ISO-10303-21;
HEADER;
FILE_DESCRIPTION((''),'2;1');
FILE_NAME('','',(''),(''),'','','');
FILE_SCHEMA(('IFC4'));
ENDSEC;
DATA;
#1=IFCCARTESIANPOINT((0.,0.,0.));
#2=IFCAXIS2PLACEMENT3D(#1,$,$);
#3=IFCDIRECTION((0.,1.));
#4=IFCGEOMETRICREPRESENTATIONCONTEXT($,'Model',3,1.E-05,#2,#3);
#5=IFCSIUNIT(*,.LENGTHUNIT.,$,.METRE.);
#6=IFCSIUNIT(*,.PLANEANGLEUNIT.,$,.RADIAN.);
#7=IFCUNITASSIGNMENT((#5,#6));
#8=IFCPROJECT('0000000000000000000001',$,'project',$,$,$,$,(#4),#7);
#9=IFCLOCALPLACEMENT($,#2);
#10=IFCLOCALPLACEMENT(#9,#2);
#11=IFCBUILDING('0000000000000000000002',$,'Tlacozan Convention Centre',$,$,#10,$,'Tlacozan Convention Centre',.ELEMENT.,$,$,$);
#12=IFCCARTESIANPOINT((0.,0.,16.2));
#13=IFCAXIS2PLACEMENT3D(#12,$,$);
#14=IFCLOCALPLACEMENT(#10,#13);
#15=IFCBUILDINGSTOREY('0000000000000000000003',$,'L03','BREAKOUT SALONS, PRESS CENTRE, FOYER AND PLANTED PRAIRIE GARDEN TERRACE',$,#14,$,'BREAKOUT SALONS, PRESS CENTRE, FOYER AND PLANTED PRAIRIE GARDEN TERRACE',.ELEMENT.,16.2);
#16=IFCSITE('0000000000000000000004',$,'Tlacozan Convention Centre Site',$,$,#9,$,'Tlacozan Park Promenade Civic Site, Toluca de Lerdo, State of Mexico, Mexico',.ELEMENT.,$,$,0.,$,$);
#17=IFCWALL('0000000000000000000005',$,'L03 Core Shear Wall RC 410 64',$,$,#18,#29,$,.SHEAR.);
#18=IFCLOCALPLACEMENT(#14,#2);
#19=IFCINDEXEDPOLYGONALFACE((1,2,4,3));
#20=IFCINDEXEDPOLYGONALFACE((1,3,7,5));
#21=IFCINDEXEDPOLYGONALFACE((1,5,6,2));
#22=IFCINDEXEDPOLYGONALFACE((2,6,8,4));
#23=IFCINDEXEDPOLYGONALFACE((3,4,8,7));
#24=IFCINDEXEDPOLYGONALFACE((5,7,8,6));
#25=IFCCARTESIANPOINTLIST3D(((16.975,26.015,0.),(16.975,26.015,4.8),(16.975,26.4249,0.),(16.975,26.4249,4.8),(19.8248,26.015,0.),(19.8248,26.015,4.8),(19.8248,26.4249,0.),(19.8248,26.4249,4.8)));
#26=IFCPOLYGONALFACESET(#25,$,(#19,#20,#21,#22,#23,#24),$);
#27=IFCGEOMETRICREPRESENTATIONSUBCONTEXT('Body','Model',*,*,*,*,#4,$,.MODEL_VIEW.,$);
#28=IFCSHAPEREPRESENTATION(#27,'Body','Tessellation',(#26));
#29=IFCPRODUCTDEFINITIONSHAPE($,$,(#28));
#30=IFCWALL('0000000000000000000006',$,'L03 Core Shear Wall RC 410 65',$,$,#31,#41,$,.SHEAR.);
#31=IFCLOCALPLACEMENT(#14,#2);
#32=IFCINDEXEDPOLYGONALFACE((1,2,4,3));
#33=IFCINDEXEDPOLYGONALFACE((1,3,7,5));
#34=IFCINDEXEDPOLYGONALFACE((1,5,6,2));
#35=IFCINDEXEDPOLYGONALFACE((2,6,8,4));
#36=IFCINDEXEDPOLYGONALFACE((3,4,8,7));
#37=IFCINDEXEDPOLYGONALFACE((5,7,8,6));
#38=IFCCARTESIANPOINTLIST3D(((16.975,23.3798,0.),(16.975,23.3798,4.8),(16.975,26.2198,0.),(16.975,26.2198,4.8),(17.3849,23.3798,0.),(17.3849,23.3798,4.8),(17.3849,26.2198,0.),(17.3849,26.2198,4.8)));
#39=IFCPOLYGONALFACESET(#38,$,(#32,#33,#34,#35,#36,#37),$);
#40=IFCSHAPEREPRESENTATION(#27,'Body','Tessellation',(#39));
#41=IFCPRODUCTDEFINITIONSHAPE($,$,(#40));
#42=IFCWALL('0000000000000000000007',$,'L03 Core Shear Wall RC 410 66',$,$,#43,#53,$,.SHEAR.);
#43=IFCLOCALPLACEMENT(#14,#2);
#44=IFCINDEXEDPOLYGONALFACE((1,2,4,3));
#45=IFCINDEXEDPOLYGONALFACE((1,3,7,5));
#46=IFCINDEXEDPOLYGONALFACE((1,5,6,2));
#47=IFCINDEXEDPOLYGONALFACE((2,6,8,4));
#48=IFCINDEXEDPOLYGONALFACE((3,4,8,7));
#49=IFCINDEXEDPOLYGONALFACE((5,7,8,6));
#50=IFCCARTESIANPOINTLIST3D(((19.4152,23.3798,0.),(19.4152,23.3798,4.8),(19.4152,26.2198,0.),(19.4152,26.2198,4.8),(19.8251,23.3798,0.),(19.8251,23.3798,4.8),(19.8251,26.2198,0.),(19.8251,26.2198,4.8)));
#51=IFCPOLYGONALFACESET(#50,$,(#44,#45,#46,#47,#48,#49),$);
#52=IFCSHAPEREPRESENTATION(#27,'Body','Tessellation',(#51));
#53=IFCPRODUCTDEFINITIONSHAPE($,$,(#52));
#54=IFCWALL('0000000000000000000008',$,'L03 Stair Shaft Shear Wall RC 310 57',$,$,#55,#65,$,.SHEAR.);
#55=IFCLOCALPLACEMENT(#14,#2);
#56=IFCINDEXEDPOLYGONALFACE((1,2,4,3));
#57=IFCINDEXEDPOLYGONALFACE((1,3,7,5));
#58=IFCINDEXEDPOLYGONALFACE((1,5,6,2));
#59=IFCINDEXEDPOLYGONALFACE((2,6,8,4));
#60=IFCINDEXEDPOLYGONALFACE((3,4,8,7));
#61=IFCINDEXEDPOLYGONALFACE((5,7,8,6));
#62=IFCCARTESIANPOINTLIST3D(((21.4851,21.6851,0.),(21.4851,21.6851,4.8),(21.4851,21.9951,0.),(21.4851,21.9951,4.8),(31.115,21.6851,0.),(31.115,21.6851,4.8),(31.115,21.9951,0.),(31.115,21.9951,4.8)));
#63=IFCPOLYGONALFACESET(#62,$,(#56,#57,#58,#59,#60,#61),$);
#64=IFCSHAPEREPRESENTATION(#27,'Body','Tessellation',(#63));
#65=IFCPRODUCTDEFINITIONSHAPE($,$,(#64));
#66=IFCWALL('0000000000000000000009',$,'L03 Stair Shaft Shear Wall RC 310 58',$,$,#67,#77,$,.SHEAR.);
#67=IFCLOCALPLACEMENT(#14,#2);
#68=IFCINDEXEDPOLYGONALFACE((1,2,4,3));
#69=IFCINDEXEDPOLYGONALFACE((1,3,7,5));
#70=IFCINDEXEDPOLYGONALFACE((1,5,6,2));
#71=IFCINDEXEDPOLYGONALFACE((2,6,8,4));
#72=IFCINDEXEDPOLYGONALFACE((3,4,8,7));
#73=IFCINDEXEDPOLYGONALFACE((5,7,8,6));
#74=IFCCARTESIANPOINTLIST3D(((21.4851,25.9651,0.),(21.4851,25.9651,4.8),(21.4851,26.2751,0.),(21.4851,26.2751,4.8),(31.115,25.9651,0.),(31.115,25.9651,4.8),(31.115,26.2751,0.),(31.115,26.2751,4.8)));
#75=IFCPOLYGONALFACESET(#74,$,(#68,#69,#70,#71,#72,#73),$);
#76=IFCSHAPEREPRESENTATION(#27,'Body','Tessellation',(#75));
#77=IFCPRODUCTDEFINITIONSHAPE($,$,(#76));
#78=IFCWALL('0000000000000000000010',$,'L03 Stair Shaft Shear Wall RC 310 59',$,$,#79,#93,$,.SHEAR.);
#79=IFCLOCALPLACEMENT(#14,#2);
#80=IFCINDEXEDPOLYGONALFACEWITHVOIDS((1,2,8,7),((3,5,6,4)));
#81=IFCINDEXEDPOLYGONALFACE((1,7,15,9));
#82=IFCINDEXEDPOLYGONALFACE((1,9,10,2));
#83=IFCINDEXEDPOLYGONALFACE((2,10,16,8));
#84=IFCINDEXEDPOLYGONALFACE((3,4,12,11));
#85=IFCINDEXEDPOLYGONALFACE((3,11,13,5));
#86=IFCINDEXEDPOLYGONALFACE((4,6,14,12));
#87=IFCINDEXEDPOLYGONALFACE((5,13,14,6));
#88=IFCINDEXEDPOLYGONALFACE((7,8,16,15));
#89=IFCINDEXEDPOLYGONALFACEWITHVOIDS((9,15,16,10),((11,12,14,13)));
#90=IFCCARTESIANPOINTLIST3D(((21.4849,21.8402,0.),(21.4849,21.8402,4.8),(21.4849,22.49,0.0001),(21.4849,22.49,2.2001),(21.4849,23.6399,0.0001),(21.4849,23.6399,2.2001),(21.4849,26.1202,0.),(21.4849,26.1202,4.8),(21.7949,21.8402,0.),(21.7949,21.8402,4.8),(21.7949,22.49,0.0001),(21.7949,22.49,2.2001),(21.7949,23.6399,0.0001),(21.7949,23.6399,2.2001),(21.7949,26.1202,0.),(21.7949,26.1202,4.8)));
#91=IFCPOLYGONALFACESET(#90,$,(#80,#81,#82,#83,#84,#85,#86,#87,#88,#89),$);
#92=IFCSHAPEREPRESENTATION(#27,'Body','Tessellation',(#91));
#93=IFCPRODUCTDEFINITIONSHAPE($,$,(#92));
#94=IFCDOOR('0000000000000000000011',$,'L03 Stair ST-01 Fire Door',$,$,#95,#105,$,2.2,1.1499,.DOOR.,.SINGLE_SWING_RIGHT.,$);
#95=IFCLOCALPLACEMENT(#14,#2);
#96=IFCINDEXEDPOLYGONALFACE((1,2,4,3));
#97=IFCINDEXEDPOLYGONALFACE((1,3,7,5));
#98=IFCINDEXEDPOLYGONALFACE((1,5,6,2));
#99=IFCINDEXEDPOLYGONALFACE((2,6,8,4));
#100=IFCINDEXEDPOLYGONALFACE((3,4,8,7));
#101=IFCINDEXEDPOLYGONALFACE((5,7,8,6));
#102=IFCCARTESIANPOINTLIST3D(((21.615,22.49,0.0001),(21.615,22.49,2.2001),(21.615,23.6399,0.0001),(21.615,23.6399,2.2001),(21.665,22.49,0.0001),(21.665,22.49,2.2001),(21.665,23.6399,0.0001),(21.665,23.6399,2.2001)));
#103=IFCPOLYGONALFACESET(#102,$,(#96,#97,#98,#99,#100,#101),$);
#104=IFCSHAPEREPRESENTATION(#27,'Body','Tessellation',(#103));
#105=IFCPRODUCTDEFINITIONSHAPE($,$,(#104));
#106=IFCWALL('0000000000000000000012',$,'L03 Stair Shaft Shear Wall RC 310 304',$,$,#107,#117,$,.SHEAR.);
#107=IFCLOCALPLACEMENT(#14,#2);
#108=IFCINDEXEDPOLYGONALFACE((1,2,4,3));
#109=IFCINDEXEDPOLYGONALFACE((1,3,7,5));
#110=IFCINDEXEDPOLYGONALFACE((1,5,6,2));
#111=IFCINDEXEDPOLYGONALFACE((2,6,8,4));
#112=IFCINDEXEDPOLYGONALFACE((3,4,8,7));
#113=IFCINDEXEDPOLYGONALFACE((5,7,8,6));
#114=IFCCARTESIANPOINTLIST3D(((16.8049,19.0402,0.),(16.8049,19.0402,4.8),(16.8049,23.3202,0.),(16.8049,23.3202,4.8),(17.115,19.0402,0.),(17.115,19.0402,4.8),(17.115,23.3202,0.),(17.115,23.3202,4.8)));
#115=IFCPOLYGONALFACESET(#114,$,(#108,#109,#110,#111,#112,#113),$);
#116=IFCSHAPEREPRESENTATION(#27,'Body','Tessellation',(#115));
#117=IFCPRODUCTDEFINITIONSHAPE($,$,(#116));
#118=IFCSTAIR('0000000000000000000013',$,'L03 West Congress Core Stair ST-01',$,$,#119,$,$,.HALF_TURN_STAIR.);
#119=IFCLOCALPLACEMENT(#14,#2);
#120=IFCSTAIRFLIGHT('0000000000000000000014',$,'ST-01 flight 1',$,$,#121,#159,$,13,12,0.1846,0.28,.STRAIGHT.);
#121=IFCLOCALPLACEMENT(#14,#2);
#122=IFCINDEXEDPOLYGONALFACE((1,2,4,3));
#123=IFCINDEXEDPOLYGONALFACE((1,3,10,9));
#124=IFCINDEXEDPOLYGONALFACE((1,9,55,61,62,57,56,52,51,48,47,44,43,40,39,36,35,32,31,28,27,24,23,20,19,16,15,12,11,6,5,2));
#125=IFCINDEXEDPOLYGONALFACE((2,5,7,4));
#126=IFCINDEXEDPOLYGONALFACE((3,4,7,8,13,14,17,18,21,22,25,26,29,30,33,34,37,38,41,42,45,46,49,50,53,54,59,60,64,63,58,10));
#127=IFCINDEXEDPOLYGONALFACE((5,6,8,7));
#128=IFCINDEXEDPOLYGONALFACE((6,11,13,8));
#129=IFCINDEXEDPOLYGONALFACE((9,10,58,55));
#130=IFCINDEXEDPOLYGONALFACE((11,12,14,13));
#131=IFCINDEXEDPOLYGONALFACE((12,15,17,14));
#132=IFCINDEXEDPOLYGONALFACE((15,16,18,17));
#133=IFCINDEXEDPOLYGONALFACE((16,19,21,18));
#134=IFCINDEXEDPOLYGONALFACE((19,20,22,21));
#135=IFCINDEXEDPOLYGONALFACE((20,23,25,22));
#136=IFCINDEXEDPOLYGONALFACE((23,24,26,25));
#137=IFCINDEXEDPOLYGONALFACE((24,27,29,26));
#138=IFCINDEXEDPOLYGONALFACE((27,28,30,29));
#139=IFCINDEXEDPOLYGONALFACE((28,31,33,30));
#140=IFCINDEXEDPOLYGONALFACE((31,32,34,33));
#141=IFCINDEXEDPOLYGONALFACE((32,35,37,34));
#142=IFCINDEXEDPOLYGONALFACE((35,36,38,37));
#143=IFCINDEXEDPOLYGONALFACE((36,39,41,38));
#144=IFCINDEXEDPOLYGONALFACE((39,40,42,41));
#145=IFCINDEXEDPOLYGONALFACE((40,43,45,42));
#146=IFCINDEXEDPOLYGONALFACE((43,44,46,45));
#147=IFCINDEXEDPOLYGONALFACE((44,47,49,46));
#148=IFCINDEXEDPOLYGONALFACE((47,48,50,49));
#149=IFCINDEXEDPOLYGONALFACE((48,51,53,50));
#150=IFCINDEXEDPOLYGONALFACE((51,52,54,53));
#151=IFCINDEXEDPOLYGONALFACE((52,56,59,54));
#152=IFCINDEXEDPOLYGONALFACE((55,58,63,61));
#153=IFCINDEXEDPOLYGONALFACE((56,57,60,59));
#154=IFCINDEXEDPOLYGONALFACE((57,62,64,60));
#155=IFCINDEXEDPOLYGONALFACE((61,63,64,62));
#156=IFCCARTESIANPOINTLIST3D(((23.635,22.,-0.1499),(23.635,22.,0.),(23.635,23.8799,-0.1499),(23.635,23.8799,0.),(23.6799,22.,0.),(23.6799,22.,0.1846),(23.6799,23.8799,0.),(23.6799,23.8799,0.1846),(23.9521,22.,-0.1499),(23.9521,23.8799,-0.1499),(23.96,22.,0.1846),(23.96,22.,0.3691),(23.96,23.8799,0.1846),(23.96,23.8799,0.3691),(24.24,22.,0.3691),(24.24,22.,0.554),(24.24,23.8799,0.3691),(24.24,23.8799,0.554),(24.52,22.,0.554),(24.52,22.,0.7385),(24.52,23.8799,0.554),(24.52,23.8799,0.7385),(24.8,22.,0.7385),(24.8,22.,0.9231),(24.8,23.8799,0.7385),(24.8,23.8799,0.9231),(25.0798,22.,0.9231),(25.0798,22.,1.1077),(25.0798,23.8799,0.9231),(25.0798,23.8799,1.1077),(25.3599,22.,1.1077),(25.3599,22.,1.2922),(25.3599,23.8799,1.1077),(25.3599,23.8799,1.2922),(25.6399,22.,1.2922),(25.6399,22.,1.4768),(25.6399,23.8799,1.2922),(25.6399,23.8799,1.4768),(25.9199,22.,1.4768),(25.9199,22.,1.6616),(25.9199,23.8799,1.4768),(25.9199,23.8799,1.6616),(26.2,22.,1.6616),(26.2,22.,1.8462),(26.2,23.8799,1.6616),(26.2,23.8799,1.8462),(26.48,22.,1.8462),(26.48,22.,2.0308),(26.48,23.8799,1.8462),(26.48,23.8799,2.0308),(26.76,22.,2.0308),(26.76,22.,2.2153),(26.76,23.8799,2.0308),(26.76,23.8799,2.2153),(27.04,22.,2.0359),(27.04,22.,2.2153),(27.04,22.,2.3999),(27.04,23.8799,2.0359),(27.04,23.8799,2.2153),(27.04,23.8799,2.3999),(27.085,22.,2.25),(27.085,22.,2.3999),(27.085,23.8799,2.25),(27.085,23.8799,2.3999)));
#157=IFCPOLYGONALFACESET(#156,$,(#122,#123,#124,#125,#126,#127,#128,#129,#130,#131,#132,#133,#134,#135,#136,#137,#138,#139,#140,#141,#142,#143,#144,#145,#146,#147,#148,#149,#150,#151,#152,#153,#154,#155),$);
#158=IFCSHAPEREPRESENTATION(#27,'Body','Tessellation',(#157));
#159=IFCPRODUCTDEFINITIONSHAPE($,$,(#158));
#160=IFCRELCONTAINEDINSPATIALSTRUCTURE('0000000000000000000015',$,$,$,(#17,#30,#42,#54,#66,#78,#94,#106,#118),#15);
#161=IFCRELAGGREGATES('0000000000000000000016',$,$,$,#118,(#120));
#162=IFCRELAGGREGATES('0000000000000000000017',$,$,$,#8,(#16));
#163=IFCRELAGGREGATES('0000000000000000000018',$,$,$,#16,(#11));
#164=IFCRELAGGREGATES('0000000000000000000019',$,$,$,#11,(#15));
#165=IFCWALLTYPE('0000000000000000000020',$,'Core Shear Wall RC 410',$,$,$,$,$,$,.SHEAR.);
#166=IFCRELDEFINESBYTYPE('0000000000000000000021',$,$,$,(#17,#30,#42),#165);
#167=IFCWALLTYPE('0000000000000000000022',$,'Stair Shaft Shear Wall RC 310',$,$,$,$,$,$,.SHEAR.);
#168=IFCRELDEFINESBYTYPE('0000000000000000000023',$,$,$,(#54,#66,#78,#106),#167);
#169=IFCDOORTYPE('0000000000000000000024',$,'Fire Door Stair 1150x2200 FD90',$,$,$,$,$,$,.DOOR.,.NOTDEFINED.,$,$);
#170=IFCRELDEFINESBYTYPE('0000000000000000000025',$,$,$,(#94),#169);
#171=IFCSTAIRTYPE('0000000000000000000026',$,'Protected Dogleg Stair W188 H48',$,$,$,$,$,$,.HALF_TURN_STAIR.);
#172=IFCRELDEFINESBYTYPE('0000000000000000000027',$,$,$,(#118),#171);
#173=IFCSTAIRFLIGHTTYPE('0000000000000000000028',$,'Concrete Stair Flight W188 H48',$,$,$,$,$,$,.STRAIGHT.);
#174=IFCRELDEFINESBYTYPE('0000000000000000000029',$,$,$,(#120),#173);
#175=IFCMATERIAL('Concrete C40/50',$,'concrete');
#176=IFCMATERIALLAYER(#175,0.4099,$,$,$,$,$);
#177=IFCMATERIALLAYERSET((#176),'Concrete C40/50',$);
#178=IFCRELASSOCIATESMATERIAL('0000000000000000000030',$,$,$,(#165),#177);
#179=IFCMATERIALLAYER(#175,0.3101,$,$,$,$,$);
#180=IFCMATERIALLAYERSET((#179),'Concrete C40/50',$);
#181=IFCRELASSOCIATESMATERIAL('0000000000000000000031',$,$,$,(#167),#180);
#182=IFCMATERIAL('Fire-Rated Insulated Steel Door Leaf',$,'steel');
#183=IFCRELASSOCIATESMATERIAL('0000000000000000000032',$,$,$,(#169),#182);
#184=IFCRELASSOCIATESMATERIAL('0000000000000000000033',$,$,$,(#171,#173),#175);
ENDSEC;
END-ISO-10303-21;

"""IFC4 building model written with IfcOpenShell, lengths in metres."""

from ifc_helpers import new_model, si_unit, direction, frame, frame_2d, origin, place, context, subcontext, project, spatial, polyline, rectangle, outline, extrude, material, layer, layer_set, type_object, element, fill, aggregate, save


model = new_model("IFC4")

# Units and contexts
model_context = context("Model", 3, precision=1e-05, world=origin(), true_north=direction((0.0, 1.0)))
body_context = subcontext(model_context, "Body", "Model", "MODEL_VIEW")
ifc_project = project(units=[si_unit("LENGTHUNIT", "METRE"), si_unit("PLANEANGLEUNIT", "RADIAN")], contexts=[model_context])

# Site, building, storey
site_placement = place(None, origin())
site = spatial("IfcSite", under=ifc_project, at=site_placement, Name="Tlacozan Convention Centre Site", LongName="Tlacozan Park Promenade Civic Site, Toluca de Lerdo, State of Mexico, Mexico", CompositionType="ELEMENT", RefElevation=0.0)
building_placement = place(site_placement, origin())
building = spatial("IfcBuilding", under=site, at=building_placement, Name="Tlacozan Convention Centre", LongName="Tlacozan Convention Centre", CompositionType="ELEMENT")
storey_placement = place(building_placement, frame((0.0, 0.0, 16.2)))
storey = spatial("IfcBuildingStorey", under=building, at=storey_placement, Name="L03", Description="BREAKOUT SALONS, PRESS CENTRE, FOYER AND PLANTED PRAIRIE GARDEN TERRACE", LongName="BREAKOUT SALONS, PRESS CENTRE, FOYER AND PLANTED PRAIRIE GARDEN TERRACE", CompositionType="ELEMENT", Elevation=16.2)

# Shared definitions
ifc_material_1 = material(Name="Concrete C40/50", Category="concrete")

# Shared definitions
ifc_layer_1 = layer(ifc_material_1, 0.4099)
ifc_layer_set_1 = layer_set([ifc_layer_1], Name="Concrete C40/50")
wall_type_1 = type_object("IfcWallType", Name="Core Shear Wall RC 410", PredefinedType="SHEAR", material=ifc_layer_set_1)

# Walls
wall_1_placement = place(storey_placement, frame((16.9751, 26.22, 0.0), z_axis=(0.0, 0.0, 1.0), x_axis=(1.0, 0.0, 0.0)))
element("IfcWall", 1, at=wall_1_placement, inside=storey, type_object=wall_type_1, Name="L03 Core Shear Wall RC 410 64", PredefinedType="SHEAR", context=body_context, shape_type="SweptSolid", body=[
    extrude(rectangle(XDim=2.8499, YDim=0.4099, at=frame_2d((1.4248, 0.0))), origin(), (0.0, 0.0, 1.0), 4.8),
])
for number, where, z_axis, x_axis, name in (
    (2, (17.1799, 23.3799, 0.0), (0.0, 0.0, 1.0), (0.0, 1.0, 0.0), "L03 Core Shear Wall RC 410 65"),
    (3, (19.6201, 23.3799, 0.0), (0.0, 0.0, 1.0), (0.0, 1.0, 0.0), "L03 Core Shear Wall RC 410 66"),
):
    element("IfcWall", number, at=place(storey_placement, frame(where, z_axis=z_axis, x_axis=x_axis)), inside=storey, type_object=wall_type_1, Name=name, PredefinedType="SHEAR", context=body_context, shape_type="SweptSolid", body=[
        extrude(rectangle(XDim=2.8401, YDim=0.4099, at=frame_2d((1.4199, 0.0))), origin(), (0.0, 0.0, 1.0), 4.8),
    ])
ifc_layer_2 = layer(ifc_material_1, 0.3101)
ifc_layer_set_2 = layer_set([ifc_layer_2], Name="Concrete C40/50")
wall_type_2 = type_object("IfcWallType", Name="Stair Shaft Shear Wall RC 310", PredefinedType="SHEAR", material=ifc_layer_set_2)
for number, where, z_axis, x_axis, name in (
    (4, (21.4851, 21.8401, 0.0), (0.0, 0.0, 1.0), (1.0, 0.0, 0.0), "L03 Stair Shaft Shear Wall RC 310 57"),
    (5, (21.4851, 26.1201, 0.0), (0.0, 0.0, 1.0), (1.0, 0.0, 0.0), "L03 Stair Shaft Shear Wall RC 310 58"),
):
    element("IfcWall", number, at=place(storey_placement, frame(where, z_axis=z_axis, x_axis=x_axis)), inside=storey, type_object=wall_type_2, Name=name, PredefinedType="SHEAR", context=body_context, shape_type="SweptSolid", body=[
        extrude(rectangle(XDim=9.6299, YDim=0.3101, at=frame_2d((4.8149, 0.0))), origin(), (0.0, 0.0, 1.0), 4.8),
    ])

# Wall, opening, door
wall_2_placement = place(storey_placement, frame((21.6399, 21.8401, 0.0), z_axis=(0.0, 0.0, 1.0), x_axis=(0.0, 1.0, 0.0)))
wall_2 = element("IfcWall", 6, at=wall_2_placement, inside=storey, type_object=wall_type_2, Name="L03 Stair Shaft Shear Wall RC 310 59", PredefinedType="SHEAR", context=body_context, shape_type="SweptSolid", body=[
    extrude(rectangle(XDim=4.28, YDim=0.3101, at=frame_2d((2.1401, 0.0))), origin(), (0.0, 0.0, 1.0), 4.8),
])
opening_1_placement = place(wall_2_placement, frame((0.6499, 0.0, 0.0)))
opening_1 = element("IfcOpeningElement", 7, at=opening_1_placement, cuts=wall_2, PredefinedType="OPENING", context=body_context, shape_type="SweptSolid", body=[
    extrude(rectangle(XDim=1.1499, YDim=2.2, at=frame_2d((0.575, 1.1001))), frame((0.0, 0.165, 0.0), z_axis=(0.0, -1.0, 0.0), x_axis=(1.0, 0.0, 0.0)), (0.0, 0.0, 1.0), 0.3301),
])
ifc_material_2 = material(Name="Fire-Rated Insulated Steel Door Leaf", Category="steel")
door_type_1 = type_object("IfcDoorType", Name="Fire Door Stair 1150x2200 FD90", OperationType="NOTDEFINED", PredefinedType="DOOR", material=ifc_material_2)
door_1_placement = place(opening_1_placement, origin())
door_1 = element("IfcDoor", 8, at=door_1_placement, inside=storey, type_object=door_type_1, Name="L03 Stair ST-01 Fire Door", OperationType="SINGLE_SWING_RIGHT", OverallHeight=2.2, OverallWidth=1.1499, PredefinedType="DOOR", context=body_context, shape_type="SweptSolid", body=[
    extrude(rectangle(XDim=1.1499, YDim=2.2, at=frame_2d((0.575, 1.1001))), frame((0.0, 0.0249, 0.0), z_axis=(0.0, -1.0, 0.0), x_axis=(1.0, 0.0, 0.0)), (0.0, 0.0, 1.0), 0.05),
])
fill(opening_1, door_1)

# Wall
wall_3_placement = place(storey_placement, frame((16.96, 19.04, 0.0), z_axis=(0.0, 0.0, 1.0), x_axis=(0.0, 1.0, 0.0)))
element("IfcWall", 9, at=wall_3_placement, inside=storey, type_object=wall_type_2, Name="L03 Stair Shaft Shear Wall RC 310 304", PredefinedType="SHEAR", context=body_context, shape_type="SweptSolid", body=[
    extrude(rectangle(XDim=4.28, YDim=0.3101, at=frame_2d((2.1401, 0.0))), origin(), (0.0, 0.0, 1.0), 4.8),
])

# Stair, stair flight
stair_type = type_object("IfcStairType", Name="Protected Dogleg Stair W188 H48", PredefinedType="HALF_TURN_STAIR", material=ifc_material_1)
stair_placement = place(storey_placement, origin())
stair = element("IfcStair", 10, at=stair_placement, inside=storey, type_object=stair_type, Name="L03 West Congress Core Stair ST-01", PredefinedType="HALF_TURN_STAIR")
stair_flight_type = type_object("IfcStairFlightType", Name="Concrete Stair Flight W188 H48", PredefinedType="STRAIGHT", material=ifc_material_1)
stair_flight_placement = place(storey_placement, frame((23.6799, 22.9399, 0.0), z_axis=(0.0, 0.0, 1.0), x_axis=(1.0, 0.0, 0.0)))
stair_flight = element("IfcStairFlight", 11, at=stair_flight_placement, type_object=stair_flight_type, Name="ST-01 flight 1", NumberOfRisers=13, NumberOfTreads=12, PredefinedType="STRAIGHT", RiserHeight=0.1846, TreadLength=0.28, context=body_context, shape_type="SweptSolid", body=[
    extrude(outline(polyline([(-0.0449, -0.1499), (-0.0449, 0.0), (0.0, 0.0), (0.0, 0.1846), (0.28, 0.1846), (0.28, 0.3691), (0.5601, 0.3691), (0.5601, 0.554), (0.8401, 0.554), (0.8401, 0.7385), (1.1201, 0.7385), (1.1201, 0.9231), (1.3999, 0.9231), (1.3999, 1.1077), (1.6799, 1.1077), (1.6799, 1.2922), (1.96, 1.2922), (1.96, 1.4768), (2.24, 1.4768), (2.24, 1.6616), (2.52, 1.6616), (2.52, 1.8462), (2.8, 1.8462), (2.8, 2.0308), (3.0801, 2.0308), (3.0801, 2.2153), (3.3601, 2.2153), (3.3601, 2.3999), (3.405, 2.3999), (3.405, 2.25), (3.3601, 2.0359), (0.2722, -0.1499), (-0.0449, -0.1499)])), frame((0.0, 0.9399, 0.0), z_axis=(0.0, -1.0, 0.0), x_axis=(1.0, 0.0, 0.0)), (0.0, 0.0, 1.0), 1.8799),
])
aggregate(stair, [stair_flight])

save(model, "model.ifc")
